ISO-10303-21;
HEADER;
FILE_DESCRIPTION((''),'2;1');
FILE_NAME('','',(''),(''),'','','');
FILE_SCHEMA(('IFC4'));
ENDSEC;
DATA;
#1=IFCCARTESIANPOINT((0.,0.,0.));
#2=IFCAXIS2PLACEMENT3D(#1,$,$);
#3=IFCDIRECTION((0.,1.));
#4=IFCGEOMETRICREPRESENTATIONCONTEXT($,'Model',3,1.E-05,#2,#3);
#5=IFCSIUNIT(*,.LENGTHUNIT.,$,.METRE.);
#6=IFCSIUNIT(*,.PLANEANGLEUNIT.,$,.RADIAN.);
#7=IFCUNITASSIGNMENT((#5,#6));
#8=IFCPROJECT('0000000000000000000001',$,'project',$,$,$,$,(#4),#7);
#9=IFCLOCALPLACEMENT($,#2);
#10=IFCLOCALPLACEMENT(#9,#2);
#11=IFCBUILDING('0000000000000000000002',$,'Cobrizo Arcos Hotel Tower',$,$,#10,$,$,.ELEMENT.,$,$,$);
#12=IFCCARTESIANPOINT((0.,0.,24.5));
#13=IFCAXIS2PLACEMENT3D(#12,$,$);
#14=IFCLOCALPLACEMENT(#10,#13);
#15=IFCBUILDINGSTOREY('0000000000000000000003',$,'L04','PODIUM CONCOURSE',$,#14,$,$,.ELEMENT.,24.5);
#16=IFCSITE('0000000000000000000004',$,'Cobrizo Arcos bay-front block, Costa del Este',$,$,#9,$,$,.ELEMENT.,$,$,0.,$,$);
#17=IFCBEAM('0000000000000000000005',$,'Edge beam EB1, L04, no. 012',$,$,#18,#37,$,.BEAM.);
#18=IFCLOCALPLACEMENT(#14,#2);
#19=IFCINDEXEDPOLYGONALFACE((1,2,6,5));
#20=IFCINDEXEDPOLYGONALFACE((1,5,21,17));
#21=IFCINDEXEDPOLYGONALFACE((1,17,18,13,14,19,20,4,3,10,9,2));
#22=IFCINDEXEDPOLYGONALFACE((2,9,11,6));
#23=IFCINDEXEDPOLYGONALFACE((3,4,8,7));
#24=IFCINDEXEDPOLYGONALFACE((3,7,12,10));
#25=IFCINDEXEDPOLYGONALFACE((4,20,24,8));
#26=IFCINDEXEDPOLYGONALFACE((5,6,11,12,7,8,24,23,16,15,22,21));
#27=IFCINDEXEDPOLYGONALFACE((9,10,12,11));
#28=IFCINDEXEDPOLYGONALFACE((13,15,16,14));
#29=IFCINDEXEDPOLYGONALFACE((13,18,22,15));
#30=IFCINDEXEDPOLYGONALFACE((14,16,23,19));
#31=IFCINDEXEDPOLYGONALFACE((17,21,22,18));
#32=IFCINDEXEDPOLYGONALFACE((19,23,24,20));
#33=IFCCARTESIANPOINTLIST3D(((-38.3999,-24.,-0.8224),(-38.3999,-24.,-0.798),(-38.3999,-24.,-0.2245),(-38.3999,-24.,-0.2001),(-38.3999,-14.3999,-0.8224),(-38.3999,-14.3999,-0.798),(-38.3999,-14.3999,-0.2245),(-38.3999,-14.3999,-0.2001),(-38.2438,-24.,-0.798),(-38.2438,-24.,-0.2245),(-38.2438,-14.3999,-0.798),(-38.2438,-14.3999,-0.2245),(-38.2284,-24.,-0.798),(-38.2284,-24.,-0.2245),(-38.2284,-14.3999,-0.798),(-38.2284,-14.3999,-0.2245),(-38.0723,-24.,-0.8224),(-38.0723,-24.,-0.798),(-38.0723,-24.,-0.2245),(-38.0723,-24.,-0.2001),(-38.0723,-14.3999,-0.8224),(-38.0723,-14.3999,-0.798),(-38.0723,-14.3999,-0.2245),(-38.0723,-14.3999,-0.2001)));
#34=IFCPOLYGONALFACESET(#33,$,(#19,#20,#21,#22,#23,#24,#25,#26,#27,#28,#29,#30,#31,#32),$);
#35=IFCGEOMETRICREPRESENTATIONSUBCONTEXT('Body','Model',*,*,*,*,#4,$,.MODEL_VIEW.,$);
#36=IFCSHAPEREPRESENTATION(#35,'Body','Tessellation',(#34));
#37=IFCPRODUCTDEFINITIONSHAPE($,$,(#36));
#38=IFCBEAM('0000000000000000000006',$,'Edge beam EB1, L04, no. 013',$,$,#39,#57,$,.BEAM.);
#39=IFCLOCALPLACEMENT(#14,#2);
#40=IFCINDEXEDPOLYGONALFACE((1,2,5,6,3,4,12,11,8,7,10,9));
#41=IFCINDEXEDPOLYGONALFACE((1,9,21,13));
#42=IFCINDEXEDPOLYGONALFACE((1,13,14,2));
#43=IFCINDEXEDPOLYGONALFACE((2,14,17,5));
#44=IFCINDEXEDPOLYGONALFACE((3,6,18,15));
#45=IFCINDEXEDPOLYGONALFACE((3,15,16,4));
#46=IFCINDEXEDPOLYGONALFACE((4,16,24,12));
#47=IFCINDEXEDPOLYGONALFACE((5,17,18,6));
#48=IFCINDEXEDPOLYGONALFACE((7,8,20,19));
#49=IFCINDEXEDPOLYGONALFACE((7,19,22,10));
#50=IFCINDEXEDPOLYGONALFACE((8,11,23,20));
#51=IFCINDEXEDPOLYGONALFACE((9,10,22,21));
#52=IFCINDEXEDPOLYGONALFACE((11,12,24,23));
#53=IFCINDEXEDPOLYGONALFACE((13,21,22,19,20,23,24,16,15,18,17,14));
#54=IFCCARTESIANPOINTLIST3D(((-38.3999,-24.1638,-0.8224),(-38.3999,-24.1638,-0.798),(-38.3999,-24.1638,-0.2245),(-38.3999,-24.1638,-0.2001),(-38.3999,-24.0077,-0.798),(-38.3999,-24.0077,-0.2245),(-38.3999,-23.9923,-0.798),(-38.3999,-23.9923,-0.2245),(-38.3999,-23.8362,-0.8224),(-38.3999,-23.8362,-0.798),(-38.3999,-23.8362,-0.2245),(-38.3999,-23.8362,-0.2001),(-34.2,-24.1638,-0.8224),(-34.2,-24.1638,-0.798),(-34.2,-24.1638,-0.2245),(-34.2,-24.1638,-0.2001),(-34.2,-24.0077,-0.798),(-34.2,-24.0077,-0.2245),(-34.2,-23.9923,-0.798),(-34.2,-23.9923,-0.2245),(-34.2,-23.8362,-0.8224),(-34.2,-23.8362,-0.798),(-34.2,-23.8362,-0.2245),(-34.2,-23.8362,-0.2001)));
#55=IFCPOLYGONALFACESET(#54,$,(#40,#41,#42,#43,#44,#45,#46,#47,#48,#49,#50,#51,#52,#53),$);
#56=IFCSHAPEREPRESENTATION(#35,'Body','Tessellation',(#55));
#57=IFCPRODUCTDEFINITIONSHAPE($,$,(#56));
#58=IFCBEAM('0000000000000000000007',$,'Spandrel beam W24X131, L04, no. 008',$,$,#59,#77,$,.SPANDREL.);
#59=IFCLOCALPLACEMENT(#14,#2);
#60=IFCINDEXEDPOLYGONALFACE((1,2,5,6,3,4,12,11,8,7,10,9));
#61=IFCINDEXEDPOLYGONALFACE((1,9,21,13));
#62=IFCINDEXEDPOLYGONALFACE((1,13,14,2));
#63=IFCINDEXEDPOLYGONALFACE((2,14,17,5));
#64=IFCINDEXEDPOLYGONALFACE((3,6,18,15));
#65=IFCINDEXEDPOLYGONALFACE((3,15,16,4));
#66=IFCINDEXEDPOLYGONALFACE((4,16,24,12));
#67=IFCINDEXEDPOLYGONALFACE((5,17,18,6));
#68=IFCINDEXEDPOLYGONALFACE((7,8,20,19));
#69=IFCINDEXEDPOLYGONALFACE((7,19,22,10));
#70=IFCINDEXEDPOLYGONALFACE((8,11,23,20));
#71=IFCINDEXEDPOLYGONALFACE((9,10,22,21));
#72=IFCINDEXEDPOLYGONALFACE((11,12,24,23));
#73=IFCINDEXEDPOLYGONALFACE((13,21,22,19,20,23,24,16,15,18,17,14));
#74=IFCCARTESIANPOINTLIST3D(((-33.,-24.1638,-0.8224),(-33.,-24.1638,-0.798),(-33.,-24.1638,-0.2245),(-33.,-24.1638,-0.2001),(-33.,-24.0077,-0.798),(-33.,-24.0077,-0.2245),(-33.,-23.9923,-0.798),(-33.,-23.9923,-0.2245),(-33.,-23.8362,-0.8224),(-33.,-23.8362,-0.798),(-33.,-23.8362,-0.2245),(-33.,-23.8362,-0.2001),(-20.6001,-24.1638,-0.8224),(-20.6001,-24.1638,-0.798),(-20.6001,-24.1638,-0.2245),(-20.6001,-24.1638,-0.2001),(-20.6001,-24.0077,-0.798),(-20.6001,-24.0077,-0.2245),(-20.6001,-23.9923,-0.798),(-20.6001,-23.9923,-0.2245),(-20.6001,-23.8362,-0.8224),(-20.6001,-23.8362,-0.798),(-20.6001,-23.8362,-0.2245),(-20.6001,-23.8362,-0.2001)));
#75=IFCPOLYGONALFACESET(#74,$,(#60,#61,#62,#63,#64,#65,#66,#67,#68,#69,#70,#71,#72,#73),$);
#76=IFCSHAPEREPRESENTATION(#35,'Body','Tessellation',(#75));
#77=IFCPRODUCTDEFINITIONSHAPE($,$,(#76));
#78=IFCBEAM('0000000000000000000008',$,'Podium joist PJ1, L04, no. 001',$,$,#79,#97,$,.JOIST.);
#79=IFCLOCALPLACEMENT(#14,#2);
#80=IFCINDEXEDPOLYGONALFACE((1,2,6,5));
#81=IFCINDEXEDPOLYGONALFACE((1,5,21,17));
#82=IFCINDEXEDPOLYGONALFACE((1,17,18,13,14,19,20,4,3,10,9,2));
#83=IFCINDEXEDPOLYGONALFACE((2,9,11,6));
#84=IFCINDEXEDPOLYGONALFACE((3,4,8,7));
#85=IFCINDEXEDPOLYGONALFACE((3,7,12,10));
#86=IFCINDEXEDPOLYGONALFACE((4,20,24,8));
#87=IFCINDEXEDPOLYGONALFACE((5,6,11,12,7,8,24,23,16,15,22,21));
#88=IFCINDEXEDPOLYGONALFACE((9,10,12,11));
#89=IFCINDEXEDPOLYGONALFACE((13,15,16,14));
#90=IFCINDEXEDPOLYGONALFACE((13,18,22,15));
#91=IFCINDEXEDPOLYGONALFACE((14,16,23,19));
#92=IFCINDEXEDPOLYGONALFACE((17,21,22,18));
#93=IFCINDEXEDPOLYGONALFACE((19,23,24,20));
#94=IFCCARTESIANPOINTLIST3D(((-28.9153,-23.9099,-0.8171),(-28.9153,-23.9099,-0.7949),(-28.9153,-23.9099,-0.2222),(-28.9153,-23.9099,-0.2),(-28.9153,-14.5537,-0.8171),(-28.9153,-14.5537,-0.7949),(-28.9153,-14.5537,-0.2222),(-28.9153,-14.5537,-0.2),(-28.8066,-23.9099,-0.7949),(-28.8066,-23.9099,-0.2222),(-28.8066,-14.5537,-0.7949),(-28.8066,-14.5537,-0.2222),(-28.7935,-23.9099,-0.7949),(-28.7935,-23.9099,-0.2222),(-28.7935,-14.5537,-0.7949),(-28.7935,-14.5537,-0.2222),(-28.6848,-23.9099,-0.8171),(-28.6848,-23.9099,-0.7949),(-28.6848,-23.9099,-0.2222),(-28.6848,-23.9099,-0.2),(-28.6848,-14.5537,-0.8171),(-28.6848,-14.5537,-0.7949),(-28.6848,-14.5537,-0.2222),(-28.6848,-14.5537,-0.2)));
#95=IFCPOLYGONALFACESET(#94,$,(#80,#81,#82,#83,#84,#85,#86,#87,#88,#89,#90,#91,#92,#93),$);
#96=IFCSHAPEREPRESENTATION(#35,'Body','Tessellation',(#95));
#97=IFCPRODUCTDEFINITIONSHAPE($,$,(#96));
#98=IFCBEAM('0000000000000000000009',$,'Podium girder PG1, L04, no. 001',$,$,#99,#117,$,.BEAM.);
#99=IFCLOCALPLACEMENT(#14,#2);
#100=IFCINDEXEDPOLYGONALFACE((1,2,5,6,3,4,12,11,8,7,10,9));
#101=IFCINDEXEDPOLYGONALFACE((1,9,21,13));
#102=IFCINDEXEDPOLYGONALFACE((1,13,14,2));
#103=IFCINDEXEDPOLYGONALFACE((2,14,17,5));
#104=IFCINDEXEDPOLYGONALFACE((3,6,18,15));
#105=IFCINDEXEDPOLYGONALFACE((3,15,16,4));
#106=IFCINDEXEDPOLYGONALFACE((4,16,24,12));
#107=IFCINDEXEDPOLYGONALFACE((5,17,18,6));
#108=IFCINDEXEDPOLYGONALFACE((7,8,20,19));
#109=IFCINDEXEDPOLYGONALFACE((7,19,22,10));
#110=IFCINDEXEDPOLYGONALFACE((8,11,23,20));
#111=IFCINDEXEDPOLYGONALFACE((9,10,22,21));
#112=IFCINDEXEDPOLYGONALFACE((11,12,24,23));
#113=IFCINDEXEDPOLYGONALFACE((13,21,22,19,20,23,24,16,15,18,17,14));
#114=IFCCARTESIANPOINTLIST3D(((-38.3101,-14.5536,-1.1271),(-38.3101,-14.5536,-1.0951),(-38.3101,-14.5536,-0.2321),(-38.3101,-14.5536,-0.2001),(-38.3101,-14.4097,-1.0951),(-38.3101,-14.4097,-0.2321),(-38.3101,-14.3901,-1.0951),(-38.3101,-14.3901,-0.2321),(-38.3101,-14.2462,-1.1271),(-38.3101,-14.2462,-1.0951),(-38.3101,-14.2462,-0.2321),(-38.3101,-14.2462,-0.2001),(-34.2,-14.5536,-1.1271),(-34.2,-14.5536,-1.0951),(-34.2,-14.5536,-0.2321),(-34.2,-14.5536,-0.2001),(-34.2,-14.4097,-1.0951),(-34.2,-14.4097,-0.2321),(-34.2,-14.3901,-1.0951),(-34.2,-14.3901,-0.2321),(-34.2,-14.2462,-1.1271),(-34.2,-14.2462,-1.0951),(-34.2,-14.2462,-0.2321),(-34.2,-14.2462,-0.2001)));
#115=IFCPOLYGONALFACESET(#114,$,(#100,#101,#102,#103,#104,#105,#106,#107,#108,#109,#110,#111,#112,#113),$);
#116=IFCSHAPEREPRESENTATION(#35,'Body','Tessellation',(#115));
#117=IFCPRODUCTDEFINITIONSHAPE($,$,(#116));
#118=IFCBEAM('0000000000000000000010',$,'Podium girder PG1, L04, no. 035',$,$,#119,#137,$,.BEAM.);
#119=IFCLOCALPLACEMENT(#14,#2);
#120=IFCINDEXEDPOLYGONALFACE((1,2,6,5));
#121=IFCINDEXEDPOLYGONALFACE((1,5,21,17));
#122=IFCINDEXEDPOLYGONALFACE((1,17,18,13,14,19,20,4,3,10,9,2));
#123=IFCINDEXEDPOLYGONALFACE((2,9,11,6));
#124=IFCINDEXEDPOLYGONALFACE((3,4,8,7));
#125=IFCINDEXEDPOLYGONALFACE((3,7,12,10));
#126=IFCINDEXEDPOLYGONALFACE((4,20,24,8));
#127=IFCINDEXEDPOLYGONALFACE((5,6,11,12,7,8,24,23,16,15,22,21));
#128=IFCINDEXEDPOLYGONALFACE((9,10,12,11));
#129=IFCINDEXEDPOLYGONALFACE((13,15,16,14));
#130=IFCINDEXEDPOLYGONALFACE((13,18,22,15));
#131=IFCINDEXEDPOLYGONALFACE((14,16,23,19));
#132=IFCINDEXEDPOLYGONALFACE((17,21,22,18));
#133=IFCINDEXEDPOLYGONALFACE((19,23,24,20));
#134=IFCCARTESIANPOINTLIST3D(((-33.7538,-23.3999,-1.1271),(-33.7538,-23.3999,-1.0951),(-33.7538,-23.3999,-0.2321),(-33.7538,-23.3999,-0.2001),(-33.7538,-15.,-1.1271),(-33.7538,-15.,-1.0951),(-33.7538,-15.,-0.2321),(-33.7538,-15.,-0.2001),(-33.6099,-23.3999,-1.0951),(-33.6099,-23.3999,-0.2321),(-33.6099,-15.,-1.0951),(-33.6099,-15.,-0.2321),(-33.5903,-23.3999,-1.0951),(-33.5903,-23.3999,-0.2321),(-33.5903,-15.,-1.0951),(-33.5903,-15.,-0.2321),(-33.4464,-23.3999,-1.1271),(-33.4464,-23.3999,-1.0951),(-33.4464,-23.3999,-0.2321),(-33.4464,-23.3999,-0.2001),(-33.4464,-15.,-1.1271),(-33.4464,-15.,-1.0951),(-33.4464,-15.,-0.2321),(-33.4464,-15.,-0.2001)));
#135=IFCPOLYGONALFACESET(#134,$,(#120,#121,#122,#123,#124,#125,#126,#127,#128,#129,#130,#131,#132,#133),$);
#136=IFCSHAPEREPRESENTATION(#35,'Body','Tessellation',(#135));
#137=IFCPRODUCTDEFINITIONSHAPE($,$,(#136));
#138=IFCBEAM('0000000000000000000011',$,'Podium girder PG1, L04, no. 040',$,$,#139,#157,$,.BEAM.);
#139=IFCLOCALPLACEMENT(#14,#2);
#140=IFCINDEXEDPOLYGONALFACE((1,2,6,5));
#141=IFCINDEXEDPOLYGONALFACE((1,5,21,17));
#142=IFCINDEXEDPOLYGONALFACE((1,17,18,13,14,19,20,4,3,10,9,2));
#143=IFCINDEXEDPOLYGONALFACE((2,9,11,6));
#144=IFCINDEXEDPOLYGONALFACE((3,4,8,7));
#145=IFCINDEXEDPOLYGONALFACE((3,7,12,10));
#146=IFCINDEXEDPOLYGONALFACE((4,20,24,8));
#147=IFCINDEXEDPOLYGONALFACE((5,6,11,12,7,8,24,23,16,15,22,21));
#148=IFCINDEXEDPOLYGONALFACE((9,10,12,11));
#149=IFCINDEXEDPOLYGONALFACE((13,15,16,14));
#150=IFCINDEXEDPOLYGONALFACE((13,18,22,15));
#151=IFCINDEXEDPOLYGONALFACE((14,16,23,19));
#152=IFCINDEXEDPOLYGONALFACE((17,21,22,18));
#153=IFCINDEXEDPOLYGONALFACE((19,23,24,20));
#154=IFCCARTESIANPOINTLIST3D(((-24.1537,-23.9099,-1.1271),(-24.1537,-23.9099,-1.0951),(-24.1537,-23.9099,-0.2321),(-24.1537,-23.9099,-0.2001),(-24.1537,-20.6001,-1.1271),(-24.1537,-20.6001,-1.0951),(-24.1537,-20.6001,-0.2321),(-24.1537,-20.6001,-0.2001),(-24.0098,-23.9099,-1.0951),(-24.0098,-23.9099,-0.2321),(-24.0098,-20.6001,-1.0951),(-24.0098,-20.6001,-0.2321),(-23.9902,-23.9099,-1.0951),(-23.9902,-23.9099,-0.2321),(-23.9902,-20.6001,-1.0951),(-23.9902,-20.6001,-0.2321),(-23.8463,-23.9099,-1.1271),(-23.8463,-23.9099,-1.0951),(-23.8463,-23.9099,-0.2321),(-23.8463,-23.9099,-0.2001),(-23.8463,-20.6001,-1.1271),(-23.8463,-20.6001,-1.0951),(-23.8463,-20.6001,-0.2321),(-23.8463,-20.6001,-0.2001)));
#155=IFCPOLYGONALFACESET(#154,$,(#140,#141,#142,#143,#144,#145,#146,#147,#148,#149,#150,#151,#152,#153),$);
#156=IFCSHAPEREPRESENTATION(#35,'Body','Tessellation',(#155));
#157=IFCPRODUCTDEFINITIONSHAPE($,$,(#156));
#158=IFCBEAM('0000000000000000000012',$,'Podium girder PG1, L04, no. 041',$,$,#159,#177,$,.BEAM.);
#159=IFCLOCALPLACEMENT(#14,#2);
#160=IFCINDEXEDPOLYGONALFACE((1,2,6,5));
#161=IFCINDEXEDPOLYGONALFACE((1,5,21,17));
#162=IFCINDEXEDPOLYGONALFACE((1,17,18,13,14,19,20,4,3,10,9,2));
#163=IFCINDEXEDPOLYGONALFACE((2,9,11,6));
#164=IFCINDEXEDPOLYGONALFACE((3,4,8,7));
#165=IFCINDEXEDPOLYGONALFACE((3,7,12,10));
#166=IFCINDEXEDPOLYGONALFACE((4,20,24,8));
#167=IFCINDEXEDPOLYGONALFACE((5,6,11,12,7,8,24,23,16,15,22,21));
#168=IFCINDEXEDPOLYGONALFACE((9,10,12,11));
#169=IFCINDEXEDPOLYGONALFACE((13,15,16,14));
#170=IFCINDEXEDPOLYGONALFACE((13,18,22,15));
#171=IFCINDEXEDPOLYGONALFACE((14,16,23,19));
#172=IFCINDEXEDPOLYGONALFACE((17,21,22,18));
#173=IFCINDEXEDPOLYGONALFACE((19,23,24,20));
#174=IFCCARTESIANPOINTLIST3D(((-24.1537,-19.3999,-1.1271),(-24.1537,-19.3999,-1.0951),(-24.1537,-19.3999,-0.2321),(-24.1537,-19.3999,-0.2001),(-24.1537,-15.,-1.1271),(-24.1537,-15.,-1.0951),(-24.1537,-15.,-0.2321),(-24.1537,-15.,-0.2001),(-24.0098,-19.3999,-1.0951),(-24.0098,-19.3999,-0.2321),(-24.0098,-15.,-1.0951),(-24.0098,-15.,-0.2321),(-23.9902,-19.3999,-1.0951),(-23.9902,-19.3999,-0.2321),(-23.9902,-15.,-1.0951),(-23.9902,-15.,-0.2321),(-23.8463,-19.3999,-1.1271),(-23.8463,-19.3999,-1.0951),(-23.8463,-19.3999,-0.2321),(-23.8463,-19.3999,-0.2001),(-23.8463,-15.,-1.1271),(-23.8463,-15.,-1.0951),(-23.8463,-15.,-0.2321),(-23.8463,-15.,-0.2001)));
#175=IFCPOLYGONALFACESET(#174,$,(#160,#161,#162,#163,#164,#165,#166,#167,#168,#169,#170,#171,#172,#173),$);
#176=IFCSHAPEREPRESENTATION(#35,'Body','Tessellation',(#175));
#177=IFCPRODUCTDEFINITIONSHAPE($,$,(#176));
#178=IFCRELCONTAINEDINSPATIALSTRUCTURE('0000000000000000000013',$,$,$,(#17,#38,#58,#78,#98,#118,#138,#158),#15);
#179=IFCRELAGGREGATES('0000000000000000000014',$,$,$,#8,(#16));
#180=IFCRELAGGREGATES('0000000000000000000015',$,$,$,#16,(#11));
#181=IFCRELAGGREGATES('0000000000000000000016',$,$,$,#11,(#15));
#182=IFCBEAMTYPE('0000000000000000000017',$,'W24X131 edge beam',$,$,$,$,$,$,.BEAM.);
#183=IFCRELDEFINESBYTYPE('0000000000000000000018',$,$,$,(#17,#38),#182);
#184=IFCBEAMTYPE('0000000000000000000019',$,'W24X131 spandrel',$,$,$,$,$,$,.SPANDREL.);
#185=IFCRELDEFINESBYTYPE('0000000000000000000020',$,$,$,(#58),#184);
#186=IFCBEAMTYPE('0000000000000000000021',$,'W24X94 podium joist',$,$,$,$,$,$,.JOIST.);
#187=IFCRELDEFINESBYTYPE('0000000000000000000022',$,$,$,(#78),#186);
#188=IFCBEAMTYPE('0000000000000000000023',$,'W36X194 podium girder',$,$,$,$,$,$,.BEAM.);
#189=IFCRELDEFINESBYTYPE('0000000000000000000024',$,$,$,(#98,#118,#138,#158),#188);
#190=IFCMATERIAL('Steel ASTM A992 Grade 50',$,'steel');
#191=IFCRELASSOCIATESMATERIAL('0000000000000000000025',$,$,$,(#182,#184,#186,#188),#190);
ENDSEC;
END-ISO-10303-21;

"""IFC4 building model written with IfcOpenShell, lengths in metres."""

from ifc_helpers import new_model, si_unit, direction, frame, origin, origin_2d, place, context, subcontext, project, spatial, i_section, extrude, material, material_profile, profile_set, type_object, element, save


model = new_model("IFC4")

# Units and contexts
model_context = context("Model", 3, precision=1e-05, world=origin(), true_north=direction((0.0, 1.0)))
body_context = subcontext(model_context, "Body", "Model", "MODEL_VIEW")
ifc_project = project(units=[si_unit("LENGTHUNIT", "METRE"), si_unit("PLANEANGLEUNIT", "RADIAN")], contexts=[model_context])

# Site, building, storey
site_placement = place(None, origin())
site = spatial("IfcSite", under=ifc_project, at=site_placement, Name="Cobrizo Arcos bay-front block, Costa del Este", CompositionType="ELEMENT", RefElevation=0.0)
building_placement = place(site_placement, origin())
building = spatial("IfcBuilding", under=site, at=building_placement, Name="Cobrizo Arcos Hotel Tower", CompositionType="ELEMENT")
storey_placement = place(building_placement, frame((0.0, 0.0, 24.5)))
storey = spatial("IfcBuildingStorey", under=building, at=storey_placement, Name="L04", Description="PODIUM CONCOURSE", CompositionType="ELEMENT", Elevation=24.5)

# Beams
ifc_material_1 = material(Name="Steel ASTM A992 Grade 50", Category="steel")
ifc_material_profile_1 = material_profile(ifc_material_1, i_section(OverallWidth=0.3276, OverallDepth=0.6223, WebThickness=0.0154, FlangeThickness=0.0244, at=origin_2d()), Name="W24X131")
ifc_profile_set_1 = profile_set([ifc_material_profile_1], Name="Steel ASTM A992 Grade 50")
beam_type_1 = type_object("IfcBeamType", Name="W24X131 edge beam", PredefinedType="BEAM", material=ifc_profile_set_1)
beam_1_placement = place(storey_placement, frame((-38.2361, -14.3999, -0.5112), z_axis=(0.0, -1.0, 0.0), x_axis=(1.0, 0.0, 0.0)))
element("IfcBeam", 1, at=beam_1_placement, inside=storey, type_object=beam_type_1, Name="Edge beam EB1, L04, no. 012", PredefinedType="BEAM", context=body_context, shape_type="SweptSolid", body=[
    extrude(i_section(OverallWidth=0.3276, OverallDepth=0.6223, WebThickness=0.0154, FlangeThickness=0.0244, at=origin_2d()), origin(), (0.0, 0.0, 1.0), 9.6001),
])
beam_2_placement = place(storey_placement, frame((-38.3999, -24.0, -0.5112), z_axis=(1.0, 0.0, 0.0), x_axis=(0.0, 1.0, 0.0)))
element("IfcBeam", 2, at=beam_2_placement, inside=storey, type_object=beam_type_1, Name="Edge beam EB1, L04, no. 013", PredefinedType="BEAM", context=body_context, shape_type="SweptSolid", body=[
    extrude(i_section(OverallWidth=0.3276, OverallDepth=0.6223, WebThickness=0.0154, FlangeThickness=0.0244, at=origin_2d()), origin(), (0.0, 0.0, 1.0), 4.2),
])
ifc_material_profile_2 = material_profile(ifc_material_1, i_section(OverallWidth=0.3276, OverallDepth=0.6223, WebThickness=0.0154, FlangeThickness=0.0244, at=origin_2d()), Name="W24X131")
ifc_profile_set_2 = profile_set([ifc_material_profile_2], Name="Steel ASTM A992 Grade 50")
beam_type_2 = type_object("IfcBeamType", Name="W24X131 spandrel", PredefinedType="SPANDREL", material=ifc_profile_set_2)
beam_3_placement = place(storey_placement, frame((-33.0, -24.0, -0.5112), z_axis=(1.0, 0.0, 0.0), x_axis=(0.0, 1.0, 0.0)))
element("IfcBeam", 3, at=beam_3_placement, inside=storey, type_object=beam_type_2, Name="Spandrel beam W24X131, L04, no. 008", PredefinedType="SPANDREL", context=body_context, shape_type="SweptSolid", body=[
    extrude(i_section(OverallWidth=0.3276, OverallDepth=0.6223, WebThickness=0.0154, FlangeThickness=0.0244, at=origin_2d()), origin(), (0.0, 0.0, 1.0), 12.3999),
])
ifc_material_profile_3 = material_profile(ifc_material_1, i_section(OverallWidth=0.2305, OverallDepth=0.6172, WebThickness=0.0132, FlangeThickness=0.0222, at=origin_2d()), Name="W24X94")
ifc_profile_set_3 = profile_set([ifc_material_profile_3], Name="Steel ASTM A992 Grade 50")
beam_type_3 = type_object("IfcBeamType", Name="W24X94 podium joist", PredefinedType="JOIST", material=ifc_profile_set_3)
beam_4_placement = place(storey_placement, frame((-28.8, -23.9099, -0.5085), z_axis=(0.0, 1.0, 0.0), x_axis=(-1.0, 0.0, 0.0)))
element("IfcBeam", 4, at=beam_4_placement, inside=storey, type_object=beam_type_3, Name="Podium joist PJ1, L04, no. 001", PredefinedType="JOIST", context=body_context, shape_type="SweptSolid", body=[
    extrude(i_section(OverallWidth=0.2305, OverallDepth=0.6172, WebThickness=0.0132, FlangeThickness=0.0222, at=origin_2d()), origin(), (0.0, 0.0, 1.0), 9.3562),
])
ifc_material_profile_4 = material_profile(ifc_material_1, i_section(OverallWidth=0.3074, OverallDepth=0.927, WebThickness=0.0195, FlangeThickness=0.032, at=origin_2d()), Name="W36X194")
ifc_profile_set_4 = profile_set([ifc_material_profile_4], Name="Steel ASTM A992 Grade 50")
beam_type_4 = type_object("IfcBeamType", Name="W36X194 podium girder", PredefinedType="BEAM", material=ifc_profile_set_4)
beam_5_placement = place(storey_placement, frame((-38.3101, -14.3999, -0.6636), z_axis=(1.0, 0.0, 0.0), x_axis=(0.0, 1.0, 0.0)))
element("IfcBeam", 5, at=beam_5_placement, inside=storey, type_object=beam_type_4, Name="Podium girder PG1, L04, no. 001", PredefinedType="BEAM", context=body_context, shape_type="SweptSolid", body=[
    extrude(i_section(OverallWidth=0.3074, OverallDepth=0.927, WebThickness=0.0195, FlangeThickness=0.032, at=origin_2d()), origin(), (0.0, 0.0, 1.0), 4.1101),
])
beam_6_placement = place(storey_placement, frame((-33.6001, -23.3999, -0.6636), z_axis=(0.0, 1.0, 0.0), x_axis=(-1.0, 0.0, 0.0)))
element("IfcBeam", 6, at=beam_6_placement, inside=storey, type_object=beam_type_4, Name="Podium girder PG1, L04, no. 035", PredefinedType="BEAM", context=body_context, shape_type="SweptSolid", body=[
    extrude(i_section(OverallWidth=0.3074, OverallDepth=0.927, WebThickness=0.0195, FlangeThickness=0.032, at=origin_2d()), origin(), (0.0, 0.0, 1.0), 8.3999),
])
beam_7_placement = place(storey_placement, frame((-24.0, -23.9099, -0.6636), z_axis=(0.0, 1.0, 0.0), x_axis=(-1.0, 0.0, 0.0)))
element("IfcBeam", 7, at=beam_7_placement, inside=storey, type_object=beam_type_4, Name="Podium girder PG1, L04, no. 040", PredefinedType="BEAM", context=body_context, shape_type="SweptSolid", body=[
    extrude(i_section(OverallWidth=0.3074, OverallDepth=0.927, WebThickness=0.0195, FlangeThickness=0.032, at=origin_2d()), origin(), (0.0, 0.0, 1.0), 3.3098),
])
beam_8_placement = place(storey_placement, frame((-24.0, -19.3999, -0.6636), z_axis=(0.0, 1.0, 0.0), x_axis=(-1.0, 0.0, 0.0)))
element("IfcBeam", 8, at=beam_8_placement, inside=storey, type_object=beam_type_4, Name="Podium girder PG1, L04, no. 041", PredefinedType="BEAM", context=body_context, shape_type="SweptSolid", body=[
    extrude(i_section(OverallWidth=0.3074, OverallDepth=0.927, WebThickness=0.0195, FlangeThickness=0.032, at=origin_2d()), origin(), (0.0, 0.0, 1.0), 4.3999),
])

save(model, "model.ifc")
